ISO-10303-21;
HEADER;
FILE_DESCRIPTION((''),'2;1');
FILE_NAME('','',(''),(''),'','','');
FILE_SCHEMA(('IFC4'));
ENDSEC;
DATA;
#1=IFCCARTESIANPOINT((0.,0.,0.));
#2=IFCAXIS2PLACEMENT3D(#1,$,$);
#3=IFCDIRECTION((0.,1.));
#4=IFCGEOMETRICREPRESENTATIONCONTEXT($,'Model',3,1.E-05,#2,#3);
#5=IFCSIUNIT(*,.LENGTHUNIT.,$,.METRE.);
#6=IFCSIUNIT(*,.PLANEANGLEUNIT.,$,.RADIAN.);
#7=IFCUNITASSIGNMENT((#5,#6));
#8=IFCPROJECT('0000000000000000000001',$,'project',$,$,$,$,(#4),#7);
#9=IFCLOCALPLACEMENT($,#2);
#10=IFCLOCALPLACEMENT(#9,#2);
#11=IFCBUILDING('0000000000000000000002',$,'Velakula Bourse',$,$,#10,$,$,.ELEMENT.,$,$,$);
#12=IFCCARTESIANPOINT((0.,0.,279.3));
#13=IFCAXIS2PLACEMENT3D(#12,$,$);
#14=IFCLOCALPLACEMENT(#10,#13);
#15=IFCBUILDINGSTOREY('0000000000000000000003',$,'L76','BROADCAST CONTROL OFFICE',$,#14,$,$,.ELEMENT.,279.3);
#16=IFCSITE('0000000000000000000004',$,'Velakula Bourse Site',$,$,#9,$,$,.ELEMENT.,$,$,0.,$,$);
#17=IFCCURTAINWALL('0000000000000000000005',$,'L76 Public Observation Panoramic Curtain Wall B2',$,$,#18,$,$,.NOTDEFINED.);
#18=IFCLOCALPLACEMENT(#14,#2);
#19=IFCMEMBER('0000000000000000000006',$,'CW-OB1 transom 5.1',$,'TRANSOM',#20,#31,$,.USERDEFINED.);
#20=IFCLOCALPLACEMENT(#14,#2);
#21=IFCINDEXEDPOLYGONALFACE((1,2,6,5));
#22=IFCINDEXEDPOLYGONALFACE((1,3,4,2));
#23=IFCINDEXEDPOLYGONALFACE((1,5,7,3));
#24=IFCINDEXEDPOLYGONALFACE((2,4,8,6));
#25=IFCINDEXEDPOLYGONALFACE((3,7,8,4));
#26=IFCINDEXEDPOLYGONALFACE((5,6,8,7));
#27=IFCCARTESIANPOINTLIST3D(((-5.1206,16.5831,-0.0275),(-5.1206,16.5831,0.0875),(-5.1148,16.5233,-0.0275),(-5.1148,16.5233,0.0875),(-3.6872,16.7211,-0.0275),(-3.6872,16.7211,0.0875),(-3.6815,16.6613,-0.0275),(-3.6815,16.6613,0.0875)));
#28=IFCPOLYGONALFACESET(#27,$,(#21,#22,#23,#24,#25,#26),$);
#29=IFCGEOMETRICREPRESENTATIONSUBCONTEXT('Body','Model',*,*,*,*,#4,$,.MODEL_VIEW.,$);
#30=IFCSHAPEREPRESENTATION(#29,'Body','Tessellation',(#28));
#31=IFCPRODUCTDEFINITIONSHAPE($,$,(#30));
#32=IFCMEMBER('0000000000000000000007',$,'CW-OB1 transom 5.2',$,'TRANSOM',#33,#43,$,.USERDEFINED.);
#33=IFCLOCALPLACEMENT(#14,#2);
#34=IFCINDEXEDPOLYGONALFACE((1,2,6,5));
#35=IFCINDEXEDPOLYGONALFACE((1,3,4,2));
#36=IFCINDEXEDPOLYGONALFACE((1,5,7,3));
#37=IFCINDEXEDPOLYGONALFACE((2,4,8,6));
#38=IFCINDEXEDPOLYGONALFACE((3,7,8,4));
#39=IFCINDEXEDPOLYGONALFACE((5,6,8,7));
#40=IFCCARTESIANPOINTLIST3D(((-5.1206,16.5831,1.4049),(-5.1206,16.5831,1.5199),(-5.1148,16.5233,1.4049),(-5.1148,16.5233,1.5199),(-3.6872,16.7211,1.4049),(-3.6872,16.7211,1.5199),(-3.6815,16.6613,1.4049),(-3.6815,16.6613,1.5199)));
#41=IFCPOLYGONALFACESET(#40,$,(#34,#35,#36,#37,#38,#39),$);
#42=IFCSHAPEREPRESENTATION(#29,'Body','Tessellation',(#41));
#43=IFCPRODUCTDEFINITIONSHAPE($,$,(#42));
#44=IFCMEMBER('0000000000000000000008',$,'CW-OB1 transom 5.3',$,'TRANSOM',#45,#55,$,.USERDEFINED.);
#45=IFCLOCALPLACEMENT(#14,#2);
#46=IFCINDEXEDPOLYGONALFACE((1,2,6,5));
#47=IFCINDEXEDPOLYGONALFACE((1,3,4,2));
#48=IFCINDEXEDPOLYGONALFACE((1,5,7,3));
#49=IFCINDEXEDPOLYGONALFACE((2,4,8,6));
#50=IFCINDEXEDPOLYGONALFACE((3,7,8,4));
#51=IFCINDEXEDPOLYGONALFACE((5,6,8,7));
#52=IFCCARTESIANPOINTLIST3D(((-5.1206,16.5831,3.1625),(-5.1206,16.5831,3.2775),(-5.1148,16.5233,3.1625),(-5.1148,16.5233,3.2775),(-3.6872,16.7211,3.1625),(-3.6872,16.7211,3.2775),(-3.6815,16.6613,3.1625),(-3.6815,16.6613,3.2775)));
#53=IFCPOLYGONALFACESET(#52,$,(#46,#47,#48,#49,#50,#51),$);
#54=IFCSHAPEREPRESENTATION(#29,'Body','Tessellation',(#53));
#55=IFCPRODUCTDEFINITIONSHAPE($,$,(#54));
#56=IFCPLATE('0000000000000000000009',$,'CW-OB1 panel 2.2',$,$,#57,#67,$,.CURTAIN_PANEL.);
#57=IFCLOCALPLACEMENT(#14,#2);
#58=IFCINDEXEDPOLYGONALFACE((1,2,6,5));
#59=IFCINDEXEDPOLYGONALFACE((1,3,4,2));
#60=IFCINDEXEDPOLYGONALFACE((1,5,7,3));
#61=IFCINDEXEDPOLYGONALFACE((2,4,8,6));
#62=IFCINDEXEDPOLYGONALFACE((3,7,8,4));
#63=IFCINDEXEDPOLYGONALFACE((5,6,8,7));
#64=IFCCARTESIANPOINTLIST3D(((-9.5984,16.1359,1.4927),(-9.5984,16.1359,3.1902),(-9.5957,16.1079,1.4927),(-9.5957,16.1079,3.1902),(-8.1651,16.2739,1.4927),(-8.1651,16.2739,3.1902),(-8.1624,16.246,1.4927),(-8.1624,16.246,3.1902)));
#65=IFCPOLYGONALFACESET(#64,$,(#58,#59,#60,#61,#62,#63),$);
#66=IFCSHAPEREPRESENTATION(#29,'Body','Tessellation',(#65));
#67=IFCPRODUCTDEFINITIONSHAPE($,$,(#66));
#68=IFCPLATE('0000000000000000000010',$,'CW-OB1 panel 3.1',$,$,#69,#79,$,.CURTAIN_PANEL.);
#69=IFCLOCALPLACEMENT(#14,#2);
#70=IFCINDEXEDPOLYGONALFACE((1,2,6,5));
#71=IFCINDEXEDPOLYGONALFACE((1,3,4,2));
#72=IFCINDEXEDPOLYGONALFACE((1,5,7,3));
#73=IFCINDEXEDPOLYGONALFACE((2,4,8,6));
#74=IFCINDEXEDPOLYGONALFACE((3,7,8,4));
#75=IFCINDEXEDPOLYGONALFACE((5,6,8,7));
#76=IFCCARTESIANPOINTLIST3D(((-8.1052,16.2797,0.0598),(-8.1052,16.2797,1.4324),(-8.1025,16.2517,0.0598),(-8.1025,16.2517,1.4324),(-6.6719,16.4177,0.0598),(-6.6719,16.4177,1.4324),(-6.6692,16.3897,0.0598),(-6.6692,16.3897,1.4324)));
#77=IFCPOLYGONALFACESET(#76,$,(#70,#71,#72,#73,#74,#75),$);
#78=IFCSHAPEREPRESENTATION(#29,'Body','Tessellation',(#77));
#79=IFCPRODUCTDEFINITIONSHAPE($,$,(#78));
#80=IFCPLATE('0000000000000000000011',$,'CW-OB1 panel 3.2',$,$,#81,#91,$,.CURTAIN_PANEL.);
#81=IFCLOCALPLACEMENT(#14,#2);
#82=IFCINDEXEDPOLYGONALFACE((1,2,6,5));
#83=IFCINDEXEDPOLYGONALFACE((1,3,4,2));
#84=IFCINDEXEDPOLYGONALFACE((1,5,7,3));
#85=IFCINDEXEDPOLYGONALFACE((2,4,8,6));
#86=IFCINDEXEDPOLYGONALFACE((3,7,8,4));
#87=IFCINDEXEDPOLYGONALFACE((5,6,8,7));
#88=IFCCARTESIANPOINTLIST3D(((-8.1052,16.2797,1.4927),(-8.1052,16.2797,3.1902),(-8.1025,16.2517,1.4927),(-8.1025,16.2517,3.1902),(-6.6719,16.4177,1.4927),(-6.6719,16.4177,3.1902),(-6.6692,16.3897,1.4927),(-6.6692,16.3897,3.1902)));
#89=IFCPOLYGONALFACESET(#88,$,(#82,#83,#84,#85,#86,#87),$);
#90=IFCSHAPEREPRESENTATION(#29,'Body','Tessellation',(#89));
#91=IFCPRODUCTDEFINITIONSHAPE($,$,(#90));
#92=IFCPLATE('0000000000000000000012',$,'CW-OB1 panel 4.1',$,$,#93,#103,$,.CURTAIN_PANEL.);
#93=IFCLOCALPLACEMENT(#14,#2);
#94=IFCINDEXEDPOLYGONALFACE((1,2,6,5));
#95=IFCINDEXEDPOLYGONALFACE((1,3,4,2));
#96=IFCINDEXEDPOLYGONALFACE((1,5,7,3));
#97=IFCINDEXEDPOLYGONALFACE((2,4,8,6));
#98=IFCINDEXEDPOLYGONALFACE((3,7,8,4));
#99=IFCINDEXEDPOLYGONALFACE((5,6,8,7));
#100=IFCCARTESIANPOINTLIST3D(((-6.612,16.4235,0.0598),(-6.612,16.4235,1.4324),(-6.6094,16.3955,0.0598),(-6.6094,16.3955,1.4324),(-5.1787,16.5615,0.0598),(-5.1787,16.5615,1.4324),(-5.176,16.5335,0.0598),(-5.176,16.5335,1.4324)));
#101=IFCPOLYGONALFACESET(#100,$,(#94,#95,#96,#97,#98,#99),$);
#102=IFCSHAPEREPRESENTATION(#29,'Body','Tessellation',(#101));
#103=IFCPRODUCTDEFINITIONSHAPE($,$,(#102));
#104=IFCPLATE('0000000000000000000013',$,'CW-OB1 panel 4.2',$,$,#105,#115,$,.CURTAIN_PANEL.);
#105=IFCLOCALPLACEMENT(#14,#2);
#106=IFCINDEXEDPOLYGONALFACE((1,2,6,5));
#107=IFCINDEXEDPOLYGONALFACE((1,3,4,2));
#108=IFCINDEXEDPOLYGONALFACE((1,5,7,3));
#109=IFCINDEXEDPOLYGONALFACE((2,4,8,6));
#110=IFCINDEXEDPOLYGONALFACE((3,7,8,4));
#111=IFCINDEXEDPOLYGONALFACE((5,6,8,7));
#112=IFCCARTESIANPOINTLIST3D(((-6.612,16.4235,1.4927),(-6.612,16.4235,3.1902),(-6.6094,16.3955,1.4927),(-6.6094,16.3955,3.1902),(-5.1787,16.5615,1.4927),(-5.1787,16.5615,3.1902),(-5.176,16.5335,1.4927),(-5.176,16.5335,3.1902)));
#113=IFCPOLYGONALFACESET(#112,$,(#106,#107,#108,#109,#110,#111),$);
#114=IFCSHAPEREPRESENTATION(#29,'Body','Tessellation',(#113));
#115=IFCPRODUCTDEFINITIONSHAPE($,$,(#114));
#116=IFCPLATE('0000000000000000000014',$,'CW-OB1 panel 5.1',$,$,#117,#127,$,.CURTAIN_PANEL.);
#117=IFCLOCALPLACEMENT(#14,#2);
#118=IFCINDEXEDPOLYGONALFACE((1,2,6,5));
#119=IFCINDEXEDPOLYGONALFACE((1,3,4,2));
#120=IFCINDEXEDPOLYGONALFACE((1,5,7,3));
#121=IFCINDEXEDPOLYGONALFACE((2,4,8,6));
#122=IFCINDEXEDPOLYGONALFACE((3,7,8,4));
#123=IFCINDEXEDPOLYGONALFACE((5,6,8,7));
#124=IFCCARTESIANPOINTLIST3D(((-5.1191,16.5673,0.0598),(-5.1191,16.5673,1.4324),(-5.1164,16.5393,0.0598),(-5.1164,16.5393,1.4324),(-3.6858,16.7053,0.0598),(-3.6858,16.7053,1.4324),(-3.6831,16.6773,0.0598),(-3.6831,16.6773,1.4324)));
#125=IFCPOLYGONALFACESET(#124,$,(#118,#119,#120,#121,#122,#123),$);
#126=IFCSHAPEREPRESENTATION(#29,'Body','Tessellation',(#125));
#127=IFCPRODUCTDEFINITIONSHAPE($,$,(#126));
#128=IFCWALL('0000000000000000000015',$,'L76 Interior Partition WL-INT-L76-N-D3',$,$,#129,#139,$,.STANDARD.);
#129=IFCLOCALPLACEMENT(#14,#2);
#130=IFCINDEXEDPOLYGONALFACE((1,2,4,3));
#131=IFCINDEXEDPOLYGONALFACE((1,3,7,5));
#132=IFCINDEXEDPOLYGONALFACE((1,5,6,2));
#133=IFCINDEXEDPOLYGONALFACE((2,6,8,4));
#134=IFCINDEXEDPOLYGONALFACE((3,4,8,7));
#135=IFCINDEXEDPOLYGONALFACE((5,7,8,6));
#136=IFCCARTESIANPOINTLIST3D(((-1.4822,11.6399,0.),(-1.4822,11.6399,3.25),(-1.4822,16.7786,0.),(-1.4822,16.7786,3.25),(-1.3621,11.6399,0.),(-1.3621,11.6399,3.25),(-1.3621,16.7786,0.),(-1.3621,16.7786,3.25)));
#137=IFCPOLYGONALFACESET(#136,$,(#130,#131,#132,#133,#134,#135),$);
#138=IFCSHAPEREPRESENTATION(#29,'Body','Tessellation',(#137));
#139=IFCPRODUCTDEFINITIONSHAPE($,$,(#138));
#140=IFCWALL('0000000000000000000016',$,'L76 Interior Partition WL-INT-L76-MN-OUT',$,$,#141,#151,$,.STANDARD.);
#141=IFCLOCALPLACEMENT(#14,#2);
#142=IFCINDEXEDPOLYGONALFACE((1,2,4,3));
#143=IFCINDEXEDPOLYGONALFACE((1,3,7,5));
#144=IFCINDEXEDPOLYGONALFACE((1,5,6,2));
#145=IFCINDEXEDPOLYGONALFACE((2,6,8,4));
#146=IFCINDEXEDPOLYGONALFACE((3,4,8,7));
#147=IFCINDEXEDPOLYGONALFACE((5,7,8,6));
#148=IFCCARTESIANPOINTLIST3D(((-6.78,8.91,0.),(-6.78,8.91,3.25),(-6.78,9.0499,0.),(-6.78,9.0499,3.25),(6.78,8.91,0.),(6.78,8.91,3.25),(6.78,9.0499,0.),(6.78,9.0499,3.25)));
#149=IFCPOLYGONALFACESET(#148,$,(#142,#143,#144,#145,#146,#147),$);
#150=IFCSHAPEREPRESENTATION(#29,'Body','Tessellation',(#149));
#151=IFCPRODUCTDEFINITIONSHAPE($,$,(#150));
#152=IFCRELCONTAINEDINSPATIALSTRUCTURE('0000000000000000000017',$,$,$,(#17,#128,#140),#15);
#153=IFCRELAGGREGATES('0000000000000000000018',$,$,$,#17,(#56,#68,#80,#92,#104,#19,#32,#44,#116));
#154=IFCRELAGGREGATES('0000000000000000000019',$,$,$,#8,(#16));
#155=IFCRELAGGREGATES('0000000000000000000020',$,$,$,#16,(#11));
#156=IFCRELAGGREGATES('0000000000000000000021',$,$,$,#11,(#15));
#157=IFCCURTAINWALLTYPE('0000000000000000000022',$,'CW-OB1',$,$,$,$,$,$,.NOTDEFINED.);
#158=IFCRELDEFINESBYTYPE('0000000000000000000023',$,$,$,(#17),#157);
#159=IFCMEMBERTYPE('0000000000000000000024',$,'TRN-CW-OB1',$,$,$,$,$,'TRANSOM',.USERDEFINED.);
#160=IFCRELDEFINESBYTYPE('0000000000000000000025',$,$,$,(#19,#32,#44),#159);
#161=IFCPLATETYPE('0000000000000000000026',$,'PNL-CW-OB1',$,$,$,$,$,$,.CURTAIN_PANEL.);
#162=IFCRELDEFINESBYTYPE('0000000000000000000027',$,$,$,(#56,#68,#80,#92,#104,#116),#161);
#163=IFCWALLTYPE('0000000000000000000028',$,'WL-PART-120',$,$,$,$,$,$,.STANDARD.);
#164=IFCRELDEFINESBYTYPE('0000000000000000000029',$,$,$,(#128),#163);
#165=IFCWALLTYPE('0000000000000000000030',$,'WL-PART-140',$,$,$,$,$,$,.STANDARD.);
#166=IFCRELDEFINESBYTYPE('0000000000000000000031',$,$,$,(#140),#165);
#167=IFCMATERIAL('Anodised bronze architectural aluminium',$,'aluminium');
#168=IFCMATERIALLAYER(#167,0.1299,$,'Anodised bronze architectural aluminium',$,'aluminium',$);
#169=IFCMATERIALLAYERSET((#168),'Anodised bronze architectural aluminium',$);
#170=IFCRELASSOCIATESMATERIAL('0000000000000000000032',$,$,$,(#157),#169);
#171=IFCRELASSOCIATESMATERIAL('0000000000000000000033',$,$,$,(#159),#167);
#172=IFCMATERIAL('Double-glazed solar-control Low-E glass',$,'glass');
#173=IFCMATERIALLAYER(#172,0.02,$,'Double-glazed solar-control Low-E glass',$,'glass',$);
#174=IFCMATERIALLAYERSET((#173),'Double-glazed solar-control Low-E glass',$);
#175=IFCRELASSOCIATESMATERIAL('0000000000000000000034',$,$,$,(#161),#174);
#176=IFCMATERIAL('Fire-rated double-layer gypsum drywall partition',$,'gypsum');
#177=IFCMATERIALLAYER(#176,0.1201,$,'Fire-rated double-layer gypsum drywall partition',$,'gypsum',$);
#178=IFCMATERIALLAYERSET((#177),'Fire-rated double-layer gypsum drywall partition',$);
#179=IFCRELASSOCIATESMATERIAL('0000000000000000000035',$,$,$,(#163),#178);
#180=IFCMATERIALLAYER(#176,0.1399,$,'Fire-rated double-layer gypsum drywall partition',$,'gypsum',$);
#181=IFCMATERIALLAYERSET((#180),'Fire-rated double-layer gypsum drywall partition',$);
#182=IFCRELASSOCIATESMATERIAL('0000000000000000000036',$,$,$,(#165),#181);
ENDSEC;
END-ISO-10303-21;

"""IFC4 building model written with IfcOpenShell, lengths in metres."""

from ifc_helpers import new_model, si_unit, direction, frame, frame_2d, origin, origin_2d, place, context, subcontext, project, spatial, rectangle, extrude, material, layer, layer_set, material_profile, profile_set, type_object, element, aggregate, save


model = new_model("IFC4")

# Units and contexts
model_context = context("Model", 3, precision=1e-05, world=origin(), true_north=direction((0.0, 1.0)))
body_context = subcontext(model_context, "Body", "Model", "MODEL_VIEW")
ifc_project = project(units=[si_unit("LENGTHUNIT", "METRE"), si_unit("PLANEANGLEUNIT", "RADIAN")], contexts=[model_context])

# Site, building, storey
site_placement = place(None, origin())
site = spatial("IfcSite", under=ifc_project, at=site_placement, Name="Velakula Bourse Site", CompositionType="ELEMENT", RefElevation=0.0)
building_placement = place(site_placement, origin())
building = spatial("IfcBuilding", under=site, at=building_placement, Name="Velakula Bourse", CompositionType="ELEMENT")
storey_placement = place(building_placement, frame((0.0, 0.0, 279.3)))
storey = spatial("IfcBuildingStorey", under=building, at=storey_placement, Name="L76", Description="BROADCAST CONTROL OFFICE", CompositionType="ELEMENT", Elevation=279.3)

# Curtain wall, members, plates
ifc_material_1 = material(Name="Anodised bronze architectural aluminium", Category="aluminium")
ifc_layer_1 = layer(ifc_material_1, 0.1299, Name="Anodised bronze architectural aluminium", Category="aluminium")
ifc_layer_set_1 = layer_set([ifc_layer_1], Name="Anodised bronze architectural aluminium")
curtain_wall_type = type_object("IfcCurtainWallType", Name="CW-OB1", PredefinedType="NOTDEFINED", material=ifc_layer_set_1)
curtain_wall_placement = place(storey_placement, origin())
curtain_wall = element("IfcCurtainWall", 1, at=curtain_wall_placement, inside=storey, type_object=curtain_wall_type, Name="L76 Public Observation Panoramic Curtain Wall B2", PredefinedType="NOTDEFINED")
ifc_material_profile_1 = material_profile(ifc_material_1, rectangle(XDim=0.0601, YDim=0.115, at=origin_2d()), Name="Anodised bronze architectural aluminium")
ifc_profile_set_1 = profile_set([ifc_material_profile_1], Name="Anodised bronze architectural aluminium")
member_type_1 = type_object("IfcMemberType", Name="TRN-CW-OB1", ElementType="TRANSOM", PredefinedType="USERDEFINED", material=ifc_profile_set_1)
member_1_placement = place(storey_placement, frame((-5.1177, 16.5532, 0.03), z_axis=(0.995401, 0.095793, 0.0), x_axis=(-0.095793, 0.995401, 0.0)))
member_1 = element("IfcMember", 2, at=member_1_placement, type_object=member_type_1, Name="CW-OB1 transom 5.1", ObjectType="TRANSOM", PredefinedType="USERDEFINED", context=body_context, shape_type="SweptSolid", body=[
    extrude(rectangle(XDim=0.0601, YDim=0.115, at=origin_2d()), origin(), (0.0, 0.0, 1.0), 1.4399),
])
member_2_placement = place(storey_placement, frame((-5.1177, 16.5532, 1.4624), z_axis=(0.995401, 0.095793, 0.0), x_axis=(-0.095793, 0.995401, 0.0)))
member_2 = element("IfcMember", 3, at=member_2_placement, type_object=member_type_1, Name="CW-OB1 transom 5.2", ObjectType="TRANSOM", PredefinedType="USERDEFINED", context=body_context, shape_type="SweptSolid", body=[
    extrude(rectangle(XDim=0.0601, YDim=0.115, at=origin_2d()), origin(), (0.0, 0.0, 1.0), 1.4399),
])
member_3_placement = place(storey_placement, frame((-5.1177, 16.5532, 3.22), z_axis=(0.995401, 0.095793, 0.0), x_axis=(-0.095793, 0.995401, 0.0)))
member_3 = element("IfcMember", 4, at=member_3_placement, type_object=member_type_1, Name="CW-OB1 transom 5.3", ObjectType="TRANSOM", PredefinedType="USERDEFINED", context=body_context, shape_type="SweptSolid", body=[
    extrude(rectangle(XDim=0.0601, YDim=0.115, at=origin_2d()), origin(), (0.0, 0.0, 1.0), 1.4399),
])
ifc_material_2 = material(Name="Double-glazed solar-control Low-E glass", Category="glass")
ifc_layer_2 = layer(ifc_material_2, 0.02, Name="Double-glazed solar-control Low-E glass", Category="glass")
ifc_layer_set_2 = layer_set([ifc_layer_2], Name="Double-glazed solar-control Low-E glass")
plate_type = type_object("IfcPlateType", Name="PNL-CW-OB1", PredefinedType="CURTAIN_PANEL", material=ifc_layer_set_2)
plate_1_placement = place(storey_placement, frame((-8.8804, 16.1909, 1.4927), z_axis=(0.0, 0.0, 1.0), x_axis=(0.995396, 0.095845, 0.0)))
plate_1 = element("IfcPlate", 5, at=plate_1_placement, type_object=plate_type, Name="CW-OB1 panel 2.2", PredefinedType="CURTAIN_PANEL", context=body_context, shape_type="SweptSolid", body=[
    extrude(rectangle(XDim=1.4399, YDim=0.0281, at=origin_2d()), origin(), (0.0, 0.0, 1.0), 1.6975),
])
plate_2_placement = place(storey_placement, frame((-7.3872, 16.3347, 0.0598), z_axis=(0.0, 0.0, 1.0), x_axis=(0.995396, 0.095845, 0.0)))
plate_2 = element("IfcPlate", 6, at=plate_2_placement, type_object=plate_type, Name="CW-OB1 panel 3.1", PredefinedType="CURTAIN_PANEL", context=body_context, shape_type="SweptSolid", body=[
    extrude(rectangle(XDim=1.4399, YDim=0.0281, at=origin_2d()), origin(), (0.0, 0.0, 1.0), 1.3726),
])
plate_3_placement = place(storey_placement, frame((-7.3872, 16.3347, 1.4927), z_axis=(0.0, 0.0, 1.0), x_axis=(0.995396, 0.095845, 0.0)))
plate_3 = element("IfcPlate", 7, at=plate_3_placement, type_object=plate_type, Name="CW-OB1 panel 3.2", PredefinedType="CURTAIN_PANEL", context=body_context, shape_type="SweptSolid", body=[
    extrude(rectangle(XDim=1.4399, YDim=0.0281, at=origin_2d()), origin(), (0.0, 0.0, 1.0), 1.6975),
])
plate_4_placement = place(storey_placement, frame((-5.894, 16.4785, 0.0598), z_axis=(0.0, 0.0, 1.0), x_axis=(0.995396, 0.095845, 0.0)))
plate_4 = element("IfcPlate", 8, at=plate_4_placement, type_object=plate_type, Name="CW-OB1 panel 4.1", PredefinedType="CURTAIN_PANEL", context=body_context, shape_type="SweptSolid", body=[
    extrude(rectangle(XDim=1.4399, YDim=0.0281, at=origin_2d()), origin(), (0.0, 0.0, 1.0), 1.3726),
])
plate_5_placement = place(storey_placement, frame((-5.894, 16.4785, 1.4927), z_axis=(0.0, 0.0, 1.0), x_axis=(0.995396, 0.095845, 0.0)))
plate_5 = element("IfcPlate", 9, at=plate_5_placement, type_object=plate_type, Name="CW-OB1 panel 4.2", PredefinedType="CURTAIN_PANEL", context=body_context, shape_type="SweptSolid", body=[
    extrude(rectangle(XDim=1.4399, YDim=0.0281, at=origin_2d()), origin(), (0.0, 0.0, 1.0), 1.6975),
])
plate_6_placement = place(storey_placement, frame((-4.4011, 16.6223, 0.0598), z_axis=(0.0, 0.0, 1.0), x_axis=(0.995396, 0.095845, 0.0)))
plate_6 = element("IfcPlate", 10, at=plate_6_placement, type_object=plate_type, Name="CW-OB1 panel 5.1", PredefinedType="CURTAIN_PANEL", context=body_context, shape_type="SweptSolid", body=[
    extrude(rectangle(XDim=1.4399, YDim=0.0281, at=origin_2d()), origin(), (0.0, 0.0, 1.0), 1.3726),
])
aggregate(curtain_wall, [plate_1, plate_2, plate_3, plate_4, plate_5, member_1, member_2, member_3, plate_6])

# Walls
ifc_material_3 = material(Name="Fire-rated double-layer gypsum drywall partition", Category="gypsum")
ifc_layer_3 = layer(ifc_material_3, 0.1201, Name="Fire-rated double-layer gypsum drywall partition", Category="gypsum")
ifc_layer_set_3 = layer_set([ifc_layer_3], Name="Fire-rated double-layer gypsum drywall partition")
wall_type_1 = type_object("IfcWallType", Name="WL-PART-120", PredefinedType="STANDARD", material=ifc_layer_set_3)
wall_1_placement = place(storey_placement, frame((-1.4221, 11.6399, 0.0), z_axis=(0.0, 0.0, 1.0), x_axis=(0.0, 1.0, 0.0)))
element("IfcWall", 11, at=wall_1_placement, inside=storey, type_object=wall_type_1, Name="L76 Interior Partition WL-INT-L76-N-D3", PredefinedType="STANDARD", context=body_context, shape_type="SweptSolid", body=[
    extrude(rectangle(XDim=5.1387, YDim=0.1201, at=frame_2d((2.5693, 0.0))), origin(), (0.0, 0.0, 1.0), 3.25),
])
ifc_layer_4 = layer(ifc_material_3, 0.1399, Name="Fire-rated double-layer gypsum drywall partition", Category="gypsum")
ifc_layer_set_4 = layer_set([ifc_layer_4], Name="Fire-rated double-layer gypsum drywall partition")
wall_type_2 = type_object("IfcWallType", Name="WL-PART-140", PredefinedType="STANDARD", material=ifc_layer_set_4)
wall_2_placement = place(storey_placement, frame((-6.78, 8.98, 0.0), z_axis=(0.0, 0.0, 1.0), x_axis=(1.0, 0.0, 0.0)))
element("IfcWall", 12, at=wall_2_placement, inside=storey, type_object=wall_type_2, Name="L76 Interior Partition WL-INT-L76-MN-OUT", PredefinedType="STANDARD", context=body_context, shape_type="SweptSolid", body=[
    extrude(rectangle(XDim=13.5601, YDim=0.1399, at=frame_2d((6.78, 0.0))), origin(), (0.0, 0.0, 1.0), 3.25),
])

save(model, "model.ifc")
